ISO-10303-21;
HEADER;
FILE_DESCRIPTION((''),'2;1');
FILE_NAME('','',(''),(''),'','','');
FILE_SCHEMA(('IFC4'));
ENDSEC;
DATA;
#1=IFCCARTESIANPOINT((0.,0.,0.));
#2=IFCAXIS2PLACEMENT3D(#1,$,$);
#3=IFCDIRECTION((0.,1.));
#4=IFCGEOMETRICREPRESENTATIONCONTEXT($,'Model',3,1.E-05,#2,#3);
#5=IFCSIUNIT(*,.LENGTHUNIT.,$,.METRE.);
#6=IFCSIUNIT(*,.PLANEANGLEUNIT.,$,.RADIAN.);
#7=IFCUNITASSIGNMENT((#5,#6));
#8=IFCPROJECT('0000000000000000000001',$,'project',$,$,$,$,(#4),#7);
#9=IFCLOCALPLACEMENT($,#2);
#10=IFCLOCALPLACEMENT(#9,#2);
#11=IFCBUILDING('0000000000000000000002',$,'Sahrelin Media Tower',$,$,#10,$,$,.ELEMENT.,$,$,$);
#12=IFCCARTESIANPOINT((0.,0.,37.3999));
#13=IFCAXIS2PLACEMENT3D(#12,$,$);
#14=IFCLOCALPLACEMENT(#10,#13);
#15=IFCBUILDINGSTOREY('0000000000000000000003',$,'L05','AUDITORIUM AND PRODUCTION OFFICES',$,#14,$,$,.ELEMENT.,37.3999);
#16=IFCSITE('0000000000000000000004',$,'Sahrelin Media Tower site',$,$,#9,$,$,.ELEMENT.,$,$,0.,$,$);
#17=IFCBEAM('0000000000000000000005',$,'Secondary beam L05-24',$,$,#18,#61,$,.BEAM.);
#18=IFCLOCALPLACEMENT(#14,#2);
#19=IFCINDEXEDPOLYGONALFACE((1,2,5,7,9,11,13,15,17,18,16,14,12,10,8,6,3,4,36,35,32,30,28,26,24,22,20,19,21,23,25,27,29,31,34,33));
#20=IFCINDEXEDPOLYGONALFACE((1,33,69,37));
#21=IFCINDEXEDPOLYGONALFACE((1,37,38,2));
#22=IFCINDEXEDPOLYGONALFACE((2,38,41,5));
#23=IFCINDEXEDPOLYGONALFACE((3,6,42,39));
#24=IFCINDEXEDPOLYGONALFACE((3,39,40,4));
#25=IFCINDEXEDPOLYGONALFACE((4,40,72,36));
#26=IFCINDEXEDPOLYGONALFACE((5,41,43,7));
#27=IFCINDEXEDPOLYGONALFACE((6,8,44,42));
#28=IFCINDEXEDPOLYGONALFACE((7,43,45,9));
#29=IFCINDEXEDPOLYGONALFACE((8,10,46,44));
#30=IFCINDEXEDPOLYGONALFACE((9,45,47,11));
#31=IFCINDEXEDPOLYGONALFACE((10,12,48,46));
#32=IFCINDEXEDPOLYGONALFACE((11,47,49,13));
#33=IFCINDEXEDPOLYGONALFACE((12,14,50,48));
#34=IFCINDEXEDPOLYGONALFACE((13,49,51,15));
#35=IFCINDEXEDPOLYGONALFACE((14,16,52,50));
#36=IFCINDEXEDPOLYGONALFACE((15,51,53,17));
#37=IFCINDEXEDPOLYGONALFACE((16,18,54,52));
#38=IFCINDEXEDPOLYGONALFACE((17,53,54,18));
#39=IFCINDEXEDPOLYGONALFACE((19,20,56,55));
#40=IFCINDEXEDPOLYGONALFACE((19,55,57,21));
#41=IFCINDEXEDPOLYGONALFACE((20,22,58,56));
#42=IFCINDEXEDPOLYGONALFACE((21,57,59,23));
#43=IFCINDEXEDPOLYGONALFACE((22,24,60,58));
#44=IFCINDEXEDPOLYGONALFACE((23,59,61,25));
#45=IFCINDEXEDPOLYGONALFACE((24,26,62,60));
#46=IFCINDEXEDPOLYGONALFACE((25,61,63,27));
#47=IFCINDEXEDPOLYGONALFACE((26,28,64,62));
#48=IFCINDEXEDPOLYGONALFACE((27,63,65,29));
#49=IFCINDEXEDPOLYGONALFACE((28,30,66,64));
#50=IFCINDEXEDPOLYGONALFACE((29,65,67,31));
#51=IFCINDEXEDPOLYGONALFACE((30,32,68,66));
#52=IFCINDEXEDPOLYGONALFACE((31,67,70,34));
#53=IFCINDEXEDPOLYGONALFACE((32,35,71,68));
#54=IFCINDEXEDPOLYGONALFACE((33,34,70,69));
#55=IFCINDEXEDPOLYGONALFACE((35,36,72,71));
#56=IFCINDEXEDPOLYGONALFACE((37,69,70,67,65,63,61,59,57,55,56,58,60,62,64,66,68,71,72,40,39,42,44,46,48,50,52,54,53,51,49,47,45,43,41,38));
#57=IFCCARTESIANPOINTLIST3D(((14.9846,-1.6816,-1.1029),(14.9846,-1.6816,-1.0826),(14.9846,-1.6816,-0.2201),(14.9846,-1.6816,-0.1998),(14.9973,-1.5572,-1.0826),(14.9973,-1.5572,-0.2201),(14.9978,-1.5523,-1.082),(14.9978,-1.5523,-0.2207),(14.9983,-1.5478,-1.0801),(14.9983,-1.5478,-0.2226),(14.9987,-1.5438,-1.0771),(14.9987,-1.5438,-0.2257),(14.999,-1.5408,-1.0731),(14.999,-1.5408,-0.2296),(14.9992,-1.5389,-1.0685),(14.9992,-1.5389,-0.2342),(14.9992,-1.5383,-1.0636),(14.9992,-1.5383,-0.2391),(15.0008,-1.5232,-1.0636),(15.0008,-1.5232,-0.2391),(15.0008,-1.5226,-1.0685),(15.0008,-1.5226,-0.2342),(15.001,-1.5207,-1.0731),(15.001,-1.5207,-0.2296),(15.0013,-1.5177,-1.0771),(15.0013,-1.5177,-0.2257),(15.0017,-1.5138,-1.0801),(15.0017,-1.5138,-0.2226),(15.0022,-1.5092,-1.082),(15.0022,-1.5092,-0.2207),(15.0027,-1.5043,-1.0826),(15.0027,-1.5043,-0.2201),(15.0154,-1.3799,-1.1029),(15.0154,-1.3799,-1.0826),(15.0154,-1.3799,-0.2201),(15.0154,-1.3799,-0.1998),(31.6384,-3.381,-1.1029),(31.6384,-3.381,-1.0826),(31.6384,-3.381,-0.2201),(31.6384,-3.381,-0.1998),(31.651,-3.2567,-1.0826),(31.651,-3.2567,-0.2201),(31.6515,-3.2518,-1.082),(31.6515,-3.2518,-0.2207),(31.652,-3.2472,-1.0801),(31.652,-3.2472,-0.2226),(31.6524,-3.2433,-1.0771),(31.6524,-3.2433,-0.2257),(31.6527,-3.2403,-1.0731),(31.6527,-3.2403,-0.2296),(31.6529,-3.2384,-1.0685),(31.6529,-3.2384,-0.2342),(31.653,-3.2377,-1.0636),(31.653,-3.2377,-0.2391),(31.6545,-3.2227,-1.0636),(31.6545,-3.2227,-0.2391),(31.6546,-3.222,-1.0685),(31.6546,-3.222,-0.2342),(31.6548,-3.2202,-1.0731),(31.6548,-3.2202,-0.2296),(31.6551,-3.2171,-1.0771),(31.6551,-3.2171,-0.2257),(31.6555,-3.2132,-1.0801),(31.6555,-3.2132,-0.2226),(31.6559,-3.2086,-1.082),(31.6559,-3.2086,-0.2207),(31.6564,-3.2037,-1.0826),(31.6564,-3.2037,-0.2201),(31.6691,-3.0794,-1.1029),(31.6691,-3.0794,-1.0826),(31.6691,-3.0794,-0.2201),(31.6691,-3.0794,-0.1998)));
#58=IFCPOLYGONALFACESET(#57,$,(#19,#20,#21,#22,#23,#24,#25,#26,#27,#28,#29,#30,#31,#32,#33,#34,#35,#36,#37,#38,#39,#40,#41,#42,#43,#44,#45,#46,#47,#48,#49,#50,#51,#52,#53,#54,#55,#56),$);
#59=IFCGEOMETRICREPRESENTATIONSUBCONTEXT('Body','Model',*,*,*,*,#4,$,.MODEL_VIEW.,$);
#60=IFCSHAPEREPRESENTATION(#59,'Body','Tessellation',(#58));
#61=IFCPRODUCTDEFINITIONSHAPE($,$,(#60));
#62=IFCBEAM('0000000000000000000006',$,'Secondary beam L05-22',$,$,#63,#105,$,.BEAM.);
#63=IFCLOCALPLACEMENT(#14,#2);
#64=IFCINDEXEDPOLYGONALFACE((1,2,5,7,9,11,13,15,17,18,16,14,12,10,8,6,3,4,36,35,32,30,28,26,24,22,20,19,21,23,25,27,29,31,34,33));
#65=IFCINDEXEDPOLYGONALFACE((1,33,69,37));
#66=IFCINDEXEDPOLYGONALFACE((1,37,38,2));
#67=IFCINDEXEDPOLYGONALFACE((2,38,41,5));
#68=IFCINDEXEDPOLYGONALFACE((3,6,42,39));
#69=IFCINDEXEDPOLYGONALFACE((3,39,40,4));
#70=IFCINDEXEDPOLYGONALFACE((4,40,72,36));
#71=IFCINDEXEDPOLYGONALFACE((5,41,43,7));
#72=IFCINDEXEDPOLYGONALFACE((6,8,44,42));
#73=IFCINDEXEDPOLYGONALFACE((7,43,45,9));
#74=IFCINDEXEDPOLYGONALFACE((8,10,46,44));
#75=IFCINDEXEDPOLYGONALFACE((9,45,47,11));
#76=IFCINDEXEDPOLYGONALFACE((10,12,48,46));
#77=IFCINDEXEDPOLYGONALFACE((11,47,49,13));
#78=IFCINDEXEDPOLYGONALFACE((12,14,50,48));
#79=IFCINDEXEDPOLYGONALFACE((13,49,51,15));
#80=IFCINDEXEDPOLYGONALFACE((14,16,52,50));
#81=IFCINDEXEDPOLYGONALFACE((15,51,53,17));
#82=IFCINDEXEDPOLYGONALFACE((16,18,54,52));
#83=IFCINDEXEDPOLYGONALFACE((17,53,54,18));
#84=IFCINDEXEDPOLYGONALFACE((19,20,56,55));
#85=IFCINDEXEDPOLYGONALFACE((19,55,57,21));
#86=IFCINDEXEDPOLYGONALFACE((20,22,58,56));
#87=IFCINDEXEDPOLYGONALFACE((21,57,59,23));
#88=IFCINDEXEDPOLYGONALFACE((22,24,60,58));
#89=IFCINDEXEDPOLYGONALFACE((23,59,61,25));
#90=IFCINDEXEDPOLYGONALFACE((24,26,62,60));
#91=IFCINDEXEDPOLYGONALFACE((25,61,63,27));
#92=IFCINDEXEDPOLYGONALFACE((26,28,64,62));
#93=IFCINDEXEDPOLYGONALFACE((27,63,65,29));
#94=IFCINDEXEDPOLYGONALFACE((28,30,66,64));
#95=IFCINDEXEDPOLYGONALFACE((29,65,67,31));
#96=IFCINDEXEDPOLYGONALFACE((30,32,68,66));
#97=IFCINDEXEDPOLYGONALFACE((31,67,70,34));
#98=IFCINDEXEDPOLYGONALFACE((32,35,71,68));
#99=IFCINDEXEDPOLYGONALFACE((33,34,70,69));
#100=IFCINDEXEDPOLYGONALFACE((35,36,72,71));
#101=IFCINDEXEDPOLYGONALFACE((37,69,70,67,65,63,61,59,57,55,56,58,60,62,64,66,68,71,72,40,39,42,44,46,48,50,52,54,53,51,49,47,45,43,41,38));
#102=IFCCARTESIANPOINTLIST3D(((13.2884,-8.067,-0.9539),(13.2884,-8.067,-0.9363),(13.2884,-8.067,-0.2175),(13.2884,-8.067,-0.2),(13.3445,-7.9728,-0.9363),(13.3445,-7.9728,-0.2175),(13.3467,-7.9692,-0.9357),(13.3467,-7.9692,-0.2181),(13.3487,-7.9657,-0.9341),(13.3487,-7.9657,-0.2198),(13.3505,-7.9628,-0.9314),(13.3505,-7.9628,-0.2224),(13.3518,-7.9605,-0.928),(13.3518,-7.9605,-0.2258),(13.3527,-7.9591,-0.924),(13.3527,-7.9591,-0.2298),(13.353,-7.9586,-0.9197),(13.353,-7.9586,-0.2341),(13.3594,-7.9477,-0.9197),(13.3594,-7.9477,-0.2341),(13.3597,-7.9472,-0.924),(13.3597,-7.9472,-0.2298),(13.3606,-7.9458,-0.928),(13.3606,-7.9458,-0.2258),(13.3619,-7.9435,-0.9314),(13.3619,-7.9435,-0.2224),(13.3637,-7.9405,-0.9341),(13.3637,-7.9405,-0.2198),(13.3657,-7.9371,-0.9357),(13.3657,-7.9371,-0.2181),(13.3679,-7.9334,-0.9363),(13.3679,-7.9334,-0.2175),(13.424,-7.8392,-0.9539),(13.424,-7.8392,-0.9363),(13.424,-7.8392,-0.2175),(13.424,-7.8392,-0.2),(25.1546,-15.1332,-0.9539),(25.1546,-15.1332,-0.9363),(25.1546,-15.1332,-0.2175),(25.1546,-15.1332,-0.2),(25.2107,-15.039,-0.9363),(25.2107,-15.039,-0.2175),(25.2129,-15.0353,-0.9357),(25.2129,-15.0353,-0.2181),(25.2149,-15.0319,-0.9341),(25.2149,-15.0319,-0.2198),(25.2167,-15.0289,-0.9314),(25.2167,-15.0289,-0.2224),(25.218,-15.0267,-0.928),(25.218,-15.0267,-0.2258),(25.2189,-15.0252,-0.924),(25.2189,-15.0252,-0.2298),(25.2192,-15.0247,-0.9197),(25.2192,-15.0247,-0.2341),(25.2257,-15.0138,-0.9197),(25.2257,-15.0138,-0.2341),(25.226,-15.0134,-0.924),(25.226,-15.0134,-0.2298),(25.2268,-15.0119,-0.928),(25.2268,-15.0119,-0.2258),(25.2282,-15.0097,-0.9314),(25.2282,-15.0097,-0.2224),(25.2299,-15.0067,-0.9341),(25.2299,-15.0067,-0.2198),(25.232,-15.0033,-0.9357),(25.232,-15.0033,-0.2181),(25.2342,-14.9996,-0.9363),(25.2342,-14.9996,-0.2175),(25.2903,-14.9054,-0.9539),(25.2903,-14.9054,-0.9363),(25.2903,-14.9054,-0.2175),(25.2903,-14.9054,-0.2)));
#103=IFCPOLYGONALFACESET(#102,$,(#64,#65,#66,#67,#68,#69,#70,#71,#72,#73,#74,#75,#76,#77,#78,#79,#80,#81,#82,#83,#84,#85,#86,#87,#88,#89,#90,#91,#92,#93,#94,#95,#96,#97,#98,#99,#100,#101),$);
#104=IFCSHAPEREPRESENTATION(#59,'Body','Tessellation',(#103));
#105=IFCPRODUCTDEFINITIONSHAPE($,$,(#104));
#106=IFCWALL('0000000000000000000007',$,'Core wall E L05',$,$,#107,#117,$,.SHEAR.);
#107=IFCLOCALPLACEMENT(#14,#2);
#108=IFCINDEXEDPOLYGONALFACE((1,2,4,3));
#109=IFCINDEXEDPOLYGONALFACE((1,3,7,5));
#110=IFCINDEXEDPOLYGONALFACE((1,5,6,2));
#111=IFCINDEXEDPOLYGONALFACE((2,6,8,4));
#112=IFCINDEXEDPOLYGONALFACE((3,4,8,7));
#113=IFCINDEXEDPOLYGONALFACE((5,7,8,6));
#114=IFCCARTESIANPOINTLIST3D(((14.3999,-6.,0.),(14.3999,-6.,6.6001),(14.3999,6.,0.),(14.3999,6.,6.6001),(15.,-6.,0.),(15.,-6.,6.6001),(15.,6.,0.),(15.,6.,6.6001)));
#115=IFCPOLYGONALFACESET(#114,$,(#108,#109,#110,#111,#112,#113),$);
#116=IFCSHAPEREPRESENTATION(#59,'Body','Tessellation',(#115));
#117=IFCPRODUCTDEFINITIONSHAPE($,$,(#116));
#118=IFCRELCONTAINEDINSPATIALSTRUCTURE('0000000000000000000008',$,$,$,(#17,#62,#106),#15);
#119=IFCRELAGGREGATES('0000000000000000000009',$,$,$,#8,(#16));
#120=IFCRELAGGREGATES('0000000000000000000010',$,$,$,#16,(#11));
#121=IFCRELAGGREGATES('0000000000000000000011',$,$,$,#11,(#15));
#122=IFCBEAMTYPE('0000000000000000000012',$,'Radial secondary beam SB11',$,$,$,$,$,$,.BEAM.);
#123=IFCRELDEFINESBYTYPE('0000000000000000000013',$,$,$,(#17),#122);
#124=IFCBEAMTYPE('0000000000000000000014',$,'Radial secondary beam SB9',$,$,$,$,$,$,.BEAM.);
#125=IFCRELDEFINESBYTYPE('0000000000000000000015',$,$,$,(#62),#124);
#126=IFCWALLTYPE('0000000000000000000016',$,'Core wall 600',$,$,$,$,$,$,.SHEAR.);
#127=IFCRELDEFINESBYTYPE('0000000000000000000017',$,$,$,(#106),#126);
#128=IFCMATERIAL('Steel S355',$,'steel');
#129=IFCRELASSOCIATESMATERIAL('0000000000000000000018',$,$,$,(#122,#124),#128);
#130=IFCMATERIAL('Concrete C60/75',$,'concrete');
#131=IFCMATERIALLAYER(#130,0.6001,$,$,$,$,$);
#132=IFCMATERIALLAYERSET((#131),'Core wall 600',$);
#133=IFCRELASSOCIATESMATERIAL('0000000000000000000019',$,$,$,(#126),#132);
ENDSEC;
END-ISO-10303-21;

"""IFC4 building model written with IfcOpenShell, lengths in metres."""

from ifc_helpers import new_model, si_unit, direction, frame, frame_2d, origin, origin_2d, place, context, subcontext, project, spatial, rectangle, i_section, extrude, material, layer, layer_set, material_profile, profile_set, type_object, element, save


model = new_model("IFC4")

# Units and contexts
model_context = context("Model", 3, precision=1e-05, world=origin(), true_north=direction((0.0, 1.0)))
body_context = subcontext(model_context, "Body", "Model", "MODEL_VIEW")
ifc_project = project(units=[si_unit("LENGTHUNIT", "METRE"), si_unit("PLANEANGLEUNIT", "RADIAN")], contexts=[model_context])

# Site, building, storey
site_placement = place(None, origin())
site = spatial("IfcSite", under=ifc_project, at=site_placement, Name="Sahrelin Media Tower site", CompositionType="ELEMENT", RefElevation=0.0)
building_placement = place(site_placement, origin())
building = spatial("IfcBuilding", under=site, at=building_placement, Name="Sahrelin Media Tower", CompositionType="ELEMENT")
storey_placement = place(building_placement, frame((0.0, 0.0, 37.3999)))
storey = spatial("IfcBuildingStorey", under=building, at=storey_placement, Name="L05", Description="AUDITORIUM AND PRODUCTION OFFICES", CompositionType="ELEMENT", Elevation=37.3999)

# Beams
ifc_material_1 = material(Name="Steel S355", Category="steel")
ifc_material_profile_1 = material_profile(ifc_material_1, i_section(OverallWidth=0.3032, OverallDepth=0.9031, WebThickness=0.0151, FlangeThickness=0.0203, FilletRadius=0.019, at=origin_2d()), Name="UB 914x305x201")
ifc_profile_set_1 = profile_set([ifc_material_profile_1], Name="Steel S355")
beam_type_1 = type_object("IfcBeamType", Name="Radial secondary beam SB11", PredefinedType="BEAM", material=ifc_profile_set_1)
beam_1_placement = place(storey_placement, frame((15.0, -1.5308, -0.6514), z_axis=(0.994834, -0.101519, 0.0), x_axis=(0.101519, 0.994834, 0.0)))
element("IfcBeam", 1, at=beam_1_placement, inside=storey, type_object=beam_type_1, Name="Secondary beam L05-24", PredefinedType="BEAM", context=body_context, shape_type="SweptSolid", body=[
    extrude(i_section(OverallWidth=0.3032, OverallDepth=0.9031, WebThickness=0.0151, FlangeThickness=0.0203, FilletRadius=0.019, at=origin_2d()), origin(), (0.0, 0.0, 1.0), 16.7402),
])
ifc_material_profile_2 = material_profile(ifc_material_1, i_section(OverallWidth=0.2651, OverallDepth=0.7539, WebThickness=0.0127, FlangeThickness=0.0176, FilletRadius=0.0166, at=origin_2d()), Name="UB 762x267x147")
ifc_profile_set_2 = profile_set([ifc_material_profile_2], Name="Steel S355")
beam_type_2 = type_object("IfcBeamType", Name="Radial secondary beam SB9", PredefinedType="BEAM", material=ifc_profile_set_2)
beam_2_placement = place(storey_placement, frame((13.3562, -7.9531, -0.5769), z_axis=(0.859199, -0.511641, 0.0), x_axis=(0.511641, 0.859199, 0.0)))
element("IfcBeam", 2, at=beam_2_placement, inside=storey, type_object=beam_type_2, Name="Secondary beam L05-22", PredefinedType="BEAM", context=body_context, shape_type="SweptSolid", body=[
    extrude(i_section(OverallWidth=0.2651, OverallDepth=0.7539, WebThickness=0.0127, FlangeThickness=0.0176, FilletRadius=0.0166, at=origin_2d()), origin(), (0.0, 0.0, 1.0), 13.8108),
])

# Wall
ifc_material_2 = material(Name="Concrete C60/75", Category="concrete")
ifc_layer_1 = layer(ifc_material_2, 0.6001)
ifc_layer_set_1 = layer_set([ifc_layer_1], Name="Core wall 600")
wall_type_1 = type_object("IfcWallType", Name="Core wall 600", PredefinedType="SHEAR", material=ifc_layer_set_1)
wall_1_placement = place(storey_placement, frame((14.7, -6.0, 0.0), z_axis=(0.0, 0.0, 1.0), x_axis=(0.0, 1.0, 0.0)))
element("IfcWall", 3, at=wall_1_placement, inside=storey, type_object=wall_type_1, Name="Core wall E L05", PredefinedType="SHEAR", context=body_context, shape_type="SweptSolid", body=[
    extrude(rectangle(XDim=12.0, YDim=0.6001, at=frame_2d((6.0, 0.0))), origin(), (0.0, 0.0, 1.0), 6.6001),
])

save(model, "model.ifc")
